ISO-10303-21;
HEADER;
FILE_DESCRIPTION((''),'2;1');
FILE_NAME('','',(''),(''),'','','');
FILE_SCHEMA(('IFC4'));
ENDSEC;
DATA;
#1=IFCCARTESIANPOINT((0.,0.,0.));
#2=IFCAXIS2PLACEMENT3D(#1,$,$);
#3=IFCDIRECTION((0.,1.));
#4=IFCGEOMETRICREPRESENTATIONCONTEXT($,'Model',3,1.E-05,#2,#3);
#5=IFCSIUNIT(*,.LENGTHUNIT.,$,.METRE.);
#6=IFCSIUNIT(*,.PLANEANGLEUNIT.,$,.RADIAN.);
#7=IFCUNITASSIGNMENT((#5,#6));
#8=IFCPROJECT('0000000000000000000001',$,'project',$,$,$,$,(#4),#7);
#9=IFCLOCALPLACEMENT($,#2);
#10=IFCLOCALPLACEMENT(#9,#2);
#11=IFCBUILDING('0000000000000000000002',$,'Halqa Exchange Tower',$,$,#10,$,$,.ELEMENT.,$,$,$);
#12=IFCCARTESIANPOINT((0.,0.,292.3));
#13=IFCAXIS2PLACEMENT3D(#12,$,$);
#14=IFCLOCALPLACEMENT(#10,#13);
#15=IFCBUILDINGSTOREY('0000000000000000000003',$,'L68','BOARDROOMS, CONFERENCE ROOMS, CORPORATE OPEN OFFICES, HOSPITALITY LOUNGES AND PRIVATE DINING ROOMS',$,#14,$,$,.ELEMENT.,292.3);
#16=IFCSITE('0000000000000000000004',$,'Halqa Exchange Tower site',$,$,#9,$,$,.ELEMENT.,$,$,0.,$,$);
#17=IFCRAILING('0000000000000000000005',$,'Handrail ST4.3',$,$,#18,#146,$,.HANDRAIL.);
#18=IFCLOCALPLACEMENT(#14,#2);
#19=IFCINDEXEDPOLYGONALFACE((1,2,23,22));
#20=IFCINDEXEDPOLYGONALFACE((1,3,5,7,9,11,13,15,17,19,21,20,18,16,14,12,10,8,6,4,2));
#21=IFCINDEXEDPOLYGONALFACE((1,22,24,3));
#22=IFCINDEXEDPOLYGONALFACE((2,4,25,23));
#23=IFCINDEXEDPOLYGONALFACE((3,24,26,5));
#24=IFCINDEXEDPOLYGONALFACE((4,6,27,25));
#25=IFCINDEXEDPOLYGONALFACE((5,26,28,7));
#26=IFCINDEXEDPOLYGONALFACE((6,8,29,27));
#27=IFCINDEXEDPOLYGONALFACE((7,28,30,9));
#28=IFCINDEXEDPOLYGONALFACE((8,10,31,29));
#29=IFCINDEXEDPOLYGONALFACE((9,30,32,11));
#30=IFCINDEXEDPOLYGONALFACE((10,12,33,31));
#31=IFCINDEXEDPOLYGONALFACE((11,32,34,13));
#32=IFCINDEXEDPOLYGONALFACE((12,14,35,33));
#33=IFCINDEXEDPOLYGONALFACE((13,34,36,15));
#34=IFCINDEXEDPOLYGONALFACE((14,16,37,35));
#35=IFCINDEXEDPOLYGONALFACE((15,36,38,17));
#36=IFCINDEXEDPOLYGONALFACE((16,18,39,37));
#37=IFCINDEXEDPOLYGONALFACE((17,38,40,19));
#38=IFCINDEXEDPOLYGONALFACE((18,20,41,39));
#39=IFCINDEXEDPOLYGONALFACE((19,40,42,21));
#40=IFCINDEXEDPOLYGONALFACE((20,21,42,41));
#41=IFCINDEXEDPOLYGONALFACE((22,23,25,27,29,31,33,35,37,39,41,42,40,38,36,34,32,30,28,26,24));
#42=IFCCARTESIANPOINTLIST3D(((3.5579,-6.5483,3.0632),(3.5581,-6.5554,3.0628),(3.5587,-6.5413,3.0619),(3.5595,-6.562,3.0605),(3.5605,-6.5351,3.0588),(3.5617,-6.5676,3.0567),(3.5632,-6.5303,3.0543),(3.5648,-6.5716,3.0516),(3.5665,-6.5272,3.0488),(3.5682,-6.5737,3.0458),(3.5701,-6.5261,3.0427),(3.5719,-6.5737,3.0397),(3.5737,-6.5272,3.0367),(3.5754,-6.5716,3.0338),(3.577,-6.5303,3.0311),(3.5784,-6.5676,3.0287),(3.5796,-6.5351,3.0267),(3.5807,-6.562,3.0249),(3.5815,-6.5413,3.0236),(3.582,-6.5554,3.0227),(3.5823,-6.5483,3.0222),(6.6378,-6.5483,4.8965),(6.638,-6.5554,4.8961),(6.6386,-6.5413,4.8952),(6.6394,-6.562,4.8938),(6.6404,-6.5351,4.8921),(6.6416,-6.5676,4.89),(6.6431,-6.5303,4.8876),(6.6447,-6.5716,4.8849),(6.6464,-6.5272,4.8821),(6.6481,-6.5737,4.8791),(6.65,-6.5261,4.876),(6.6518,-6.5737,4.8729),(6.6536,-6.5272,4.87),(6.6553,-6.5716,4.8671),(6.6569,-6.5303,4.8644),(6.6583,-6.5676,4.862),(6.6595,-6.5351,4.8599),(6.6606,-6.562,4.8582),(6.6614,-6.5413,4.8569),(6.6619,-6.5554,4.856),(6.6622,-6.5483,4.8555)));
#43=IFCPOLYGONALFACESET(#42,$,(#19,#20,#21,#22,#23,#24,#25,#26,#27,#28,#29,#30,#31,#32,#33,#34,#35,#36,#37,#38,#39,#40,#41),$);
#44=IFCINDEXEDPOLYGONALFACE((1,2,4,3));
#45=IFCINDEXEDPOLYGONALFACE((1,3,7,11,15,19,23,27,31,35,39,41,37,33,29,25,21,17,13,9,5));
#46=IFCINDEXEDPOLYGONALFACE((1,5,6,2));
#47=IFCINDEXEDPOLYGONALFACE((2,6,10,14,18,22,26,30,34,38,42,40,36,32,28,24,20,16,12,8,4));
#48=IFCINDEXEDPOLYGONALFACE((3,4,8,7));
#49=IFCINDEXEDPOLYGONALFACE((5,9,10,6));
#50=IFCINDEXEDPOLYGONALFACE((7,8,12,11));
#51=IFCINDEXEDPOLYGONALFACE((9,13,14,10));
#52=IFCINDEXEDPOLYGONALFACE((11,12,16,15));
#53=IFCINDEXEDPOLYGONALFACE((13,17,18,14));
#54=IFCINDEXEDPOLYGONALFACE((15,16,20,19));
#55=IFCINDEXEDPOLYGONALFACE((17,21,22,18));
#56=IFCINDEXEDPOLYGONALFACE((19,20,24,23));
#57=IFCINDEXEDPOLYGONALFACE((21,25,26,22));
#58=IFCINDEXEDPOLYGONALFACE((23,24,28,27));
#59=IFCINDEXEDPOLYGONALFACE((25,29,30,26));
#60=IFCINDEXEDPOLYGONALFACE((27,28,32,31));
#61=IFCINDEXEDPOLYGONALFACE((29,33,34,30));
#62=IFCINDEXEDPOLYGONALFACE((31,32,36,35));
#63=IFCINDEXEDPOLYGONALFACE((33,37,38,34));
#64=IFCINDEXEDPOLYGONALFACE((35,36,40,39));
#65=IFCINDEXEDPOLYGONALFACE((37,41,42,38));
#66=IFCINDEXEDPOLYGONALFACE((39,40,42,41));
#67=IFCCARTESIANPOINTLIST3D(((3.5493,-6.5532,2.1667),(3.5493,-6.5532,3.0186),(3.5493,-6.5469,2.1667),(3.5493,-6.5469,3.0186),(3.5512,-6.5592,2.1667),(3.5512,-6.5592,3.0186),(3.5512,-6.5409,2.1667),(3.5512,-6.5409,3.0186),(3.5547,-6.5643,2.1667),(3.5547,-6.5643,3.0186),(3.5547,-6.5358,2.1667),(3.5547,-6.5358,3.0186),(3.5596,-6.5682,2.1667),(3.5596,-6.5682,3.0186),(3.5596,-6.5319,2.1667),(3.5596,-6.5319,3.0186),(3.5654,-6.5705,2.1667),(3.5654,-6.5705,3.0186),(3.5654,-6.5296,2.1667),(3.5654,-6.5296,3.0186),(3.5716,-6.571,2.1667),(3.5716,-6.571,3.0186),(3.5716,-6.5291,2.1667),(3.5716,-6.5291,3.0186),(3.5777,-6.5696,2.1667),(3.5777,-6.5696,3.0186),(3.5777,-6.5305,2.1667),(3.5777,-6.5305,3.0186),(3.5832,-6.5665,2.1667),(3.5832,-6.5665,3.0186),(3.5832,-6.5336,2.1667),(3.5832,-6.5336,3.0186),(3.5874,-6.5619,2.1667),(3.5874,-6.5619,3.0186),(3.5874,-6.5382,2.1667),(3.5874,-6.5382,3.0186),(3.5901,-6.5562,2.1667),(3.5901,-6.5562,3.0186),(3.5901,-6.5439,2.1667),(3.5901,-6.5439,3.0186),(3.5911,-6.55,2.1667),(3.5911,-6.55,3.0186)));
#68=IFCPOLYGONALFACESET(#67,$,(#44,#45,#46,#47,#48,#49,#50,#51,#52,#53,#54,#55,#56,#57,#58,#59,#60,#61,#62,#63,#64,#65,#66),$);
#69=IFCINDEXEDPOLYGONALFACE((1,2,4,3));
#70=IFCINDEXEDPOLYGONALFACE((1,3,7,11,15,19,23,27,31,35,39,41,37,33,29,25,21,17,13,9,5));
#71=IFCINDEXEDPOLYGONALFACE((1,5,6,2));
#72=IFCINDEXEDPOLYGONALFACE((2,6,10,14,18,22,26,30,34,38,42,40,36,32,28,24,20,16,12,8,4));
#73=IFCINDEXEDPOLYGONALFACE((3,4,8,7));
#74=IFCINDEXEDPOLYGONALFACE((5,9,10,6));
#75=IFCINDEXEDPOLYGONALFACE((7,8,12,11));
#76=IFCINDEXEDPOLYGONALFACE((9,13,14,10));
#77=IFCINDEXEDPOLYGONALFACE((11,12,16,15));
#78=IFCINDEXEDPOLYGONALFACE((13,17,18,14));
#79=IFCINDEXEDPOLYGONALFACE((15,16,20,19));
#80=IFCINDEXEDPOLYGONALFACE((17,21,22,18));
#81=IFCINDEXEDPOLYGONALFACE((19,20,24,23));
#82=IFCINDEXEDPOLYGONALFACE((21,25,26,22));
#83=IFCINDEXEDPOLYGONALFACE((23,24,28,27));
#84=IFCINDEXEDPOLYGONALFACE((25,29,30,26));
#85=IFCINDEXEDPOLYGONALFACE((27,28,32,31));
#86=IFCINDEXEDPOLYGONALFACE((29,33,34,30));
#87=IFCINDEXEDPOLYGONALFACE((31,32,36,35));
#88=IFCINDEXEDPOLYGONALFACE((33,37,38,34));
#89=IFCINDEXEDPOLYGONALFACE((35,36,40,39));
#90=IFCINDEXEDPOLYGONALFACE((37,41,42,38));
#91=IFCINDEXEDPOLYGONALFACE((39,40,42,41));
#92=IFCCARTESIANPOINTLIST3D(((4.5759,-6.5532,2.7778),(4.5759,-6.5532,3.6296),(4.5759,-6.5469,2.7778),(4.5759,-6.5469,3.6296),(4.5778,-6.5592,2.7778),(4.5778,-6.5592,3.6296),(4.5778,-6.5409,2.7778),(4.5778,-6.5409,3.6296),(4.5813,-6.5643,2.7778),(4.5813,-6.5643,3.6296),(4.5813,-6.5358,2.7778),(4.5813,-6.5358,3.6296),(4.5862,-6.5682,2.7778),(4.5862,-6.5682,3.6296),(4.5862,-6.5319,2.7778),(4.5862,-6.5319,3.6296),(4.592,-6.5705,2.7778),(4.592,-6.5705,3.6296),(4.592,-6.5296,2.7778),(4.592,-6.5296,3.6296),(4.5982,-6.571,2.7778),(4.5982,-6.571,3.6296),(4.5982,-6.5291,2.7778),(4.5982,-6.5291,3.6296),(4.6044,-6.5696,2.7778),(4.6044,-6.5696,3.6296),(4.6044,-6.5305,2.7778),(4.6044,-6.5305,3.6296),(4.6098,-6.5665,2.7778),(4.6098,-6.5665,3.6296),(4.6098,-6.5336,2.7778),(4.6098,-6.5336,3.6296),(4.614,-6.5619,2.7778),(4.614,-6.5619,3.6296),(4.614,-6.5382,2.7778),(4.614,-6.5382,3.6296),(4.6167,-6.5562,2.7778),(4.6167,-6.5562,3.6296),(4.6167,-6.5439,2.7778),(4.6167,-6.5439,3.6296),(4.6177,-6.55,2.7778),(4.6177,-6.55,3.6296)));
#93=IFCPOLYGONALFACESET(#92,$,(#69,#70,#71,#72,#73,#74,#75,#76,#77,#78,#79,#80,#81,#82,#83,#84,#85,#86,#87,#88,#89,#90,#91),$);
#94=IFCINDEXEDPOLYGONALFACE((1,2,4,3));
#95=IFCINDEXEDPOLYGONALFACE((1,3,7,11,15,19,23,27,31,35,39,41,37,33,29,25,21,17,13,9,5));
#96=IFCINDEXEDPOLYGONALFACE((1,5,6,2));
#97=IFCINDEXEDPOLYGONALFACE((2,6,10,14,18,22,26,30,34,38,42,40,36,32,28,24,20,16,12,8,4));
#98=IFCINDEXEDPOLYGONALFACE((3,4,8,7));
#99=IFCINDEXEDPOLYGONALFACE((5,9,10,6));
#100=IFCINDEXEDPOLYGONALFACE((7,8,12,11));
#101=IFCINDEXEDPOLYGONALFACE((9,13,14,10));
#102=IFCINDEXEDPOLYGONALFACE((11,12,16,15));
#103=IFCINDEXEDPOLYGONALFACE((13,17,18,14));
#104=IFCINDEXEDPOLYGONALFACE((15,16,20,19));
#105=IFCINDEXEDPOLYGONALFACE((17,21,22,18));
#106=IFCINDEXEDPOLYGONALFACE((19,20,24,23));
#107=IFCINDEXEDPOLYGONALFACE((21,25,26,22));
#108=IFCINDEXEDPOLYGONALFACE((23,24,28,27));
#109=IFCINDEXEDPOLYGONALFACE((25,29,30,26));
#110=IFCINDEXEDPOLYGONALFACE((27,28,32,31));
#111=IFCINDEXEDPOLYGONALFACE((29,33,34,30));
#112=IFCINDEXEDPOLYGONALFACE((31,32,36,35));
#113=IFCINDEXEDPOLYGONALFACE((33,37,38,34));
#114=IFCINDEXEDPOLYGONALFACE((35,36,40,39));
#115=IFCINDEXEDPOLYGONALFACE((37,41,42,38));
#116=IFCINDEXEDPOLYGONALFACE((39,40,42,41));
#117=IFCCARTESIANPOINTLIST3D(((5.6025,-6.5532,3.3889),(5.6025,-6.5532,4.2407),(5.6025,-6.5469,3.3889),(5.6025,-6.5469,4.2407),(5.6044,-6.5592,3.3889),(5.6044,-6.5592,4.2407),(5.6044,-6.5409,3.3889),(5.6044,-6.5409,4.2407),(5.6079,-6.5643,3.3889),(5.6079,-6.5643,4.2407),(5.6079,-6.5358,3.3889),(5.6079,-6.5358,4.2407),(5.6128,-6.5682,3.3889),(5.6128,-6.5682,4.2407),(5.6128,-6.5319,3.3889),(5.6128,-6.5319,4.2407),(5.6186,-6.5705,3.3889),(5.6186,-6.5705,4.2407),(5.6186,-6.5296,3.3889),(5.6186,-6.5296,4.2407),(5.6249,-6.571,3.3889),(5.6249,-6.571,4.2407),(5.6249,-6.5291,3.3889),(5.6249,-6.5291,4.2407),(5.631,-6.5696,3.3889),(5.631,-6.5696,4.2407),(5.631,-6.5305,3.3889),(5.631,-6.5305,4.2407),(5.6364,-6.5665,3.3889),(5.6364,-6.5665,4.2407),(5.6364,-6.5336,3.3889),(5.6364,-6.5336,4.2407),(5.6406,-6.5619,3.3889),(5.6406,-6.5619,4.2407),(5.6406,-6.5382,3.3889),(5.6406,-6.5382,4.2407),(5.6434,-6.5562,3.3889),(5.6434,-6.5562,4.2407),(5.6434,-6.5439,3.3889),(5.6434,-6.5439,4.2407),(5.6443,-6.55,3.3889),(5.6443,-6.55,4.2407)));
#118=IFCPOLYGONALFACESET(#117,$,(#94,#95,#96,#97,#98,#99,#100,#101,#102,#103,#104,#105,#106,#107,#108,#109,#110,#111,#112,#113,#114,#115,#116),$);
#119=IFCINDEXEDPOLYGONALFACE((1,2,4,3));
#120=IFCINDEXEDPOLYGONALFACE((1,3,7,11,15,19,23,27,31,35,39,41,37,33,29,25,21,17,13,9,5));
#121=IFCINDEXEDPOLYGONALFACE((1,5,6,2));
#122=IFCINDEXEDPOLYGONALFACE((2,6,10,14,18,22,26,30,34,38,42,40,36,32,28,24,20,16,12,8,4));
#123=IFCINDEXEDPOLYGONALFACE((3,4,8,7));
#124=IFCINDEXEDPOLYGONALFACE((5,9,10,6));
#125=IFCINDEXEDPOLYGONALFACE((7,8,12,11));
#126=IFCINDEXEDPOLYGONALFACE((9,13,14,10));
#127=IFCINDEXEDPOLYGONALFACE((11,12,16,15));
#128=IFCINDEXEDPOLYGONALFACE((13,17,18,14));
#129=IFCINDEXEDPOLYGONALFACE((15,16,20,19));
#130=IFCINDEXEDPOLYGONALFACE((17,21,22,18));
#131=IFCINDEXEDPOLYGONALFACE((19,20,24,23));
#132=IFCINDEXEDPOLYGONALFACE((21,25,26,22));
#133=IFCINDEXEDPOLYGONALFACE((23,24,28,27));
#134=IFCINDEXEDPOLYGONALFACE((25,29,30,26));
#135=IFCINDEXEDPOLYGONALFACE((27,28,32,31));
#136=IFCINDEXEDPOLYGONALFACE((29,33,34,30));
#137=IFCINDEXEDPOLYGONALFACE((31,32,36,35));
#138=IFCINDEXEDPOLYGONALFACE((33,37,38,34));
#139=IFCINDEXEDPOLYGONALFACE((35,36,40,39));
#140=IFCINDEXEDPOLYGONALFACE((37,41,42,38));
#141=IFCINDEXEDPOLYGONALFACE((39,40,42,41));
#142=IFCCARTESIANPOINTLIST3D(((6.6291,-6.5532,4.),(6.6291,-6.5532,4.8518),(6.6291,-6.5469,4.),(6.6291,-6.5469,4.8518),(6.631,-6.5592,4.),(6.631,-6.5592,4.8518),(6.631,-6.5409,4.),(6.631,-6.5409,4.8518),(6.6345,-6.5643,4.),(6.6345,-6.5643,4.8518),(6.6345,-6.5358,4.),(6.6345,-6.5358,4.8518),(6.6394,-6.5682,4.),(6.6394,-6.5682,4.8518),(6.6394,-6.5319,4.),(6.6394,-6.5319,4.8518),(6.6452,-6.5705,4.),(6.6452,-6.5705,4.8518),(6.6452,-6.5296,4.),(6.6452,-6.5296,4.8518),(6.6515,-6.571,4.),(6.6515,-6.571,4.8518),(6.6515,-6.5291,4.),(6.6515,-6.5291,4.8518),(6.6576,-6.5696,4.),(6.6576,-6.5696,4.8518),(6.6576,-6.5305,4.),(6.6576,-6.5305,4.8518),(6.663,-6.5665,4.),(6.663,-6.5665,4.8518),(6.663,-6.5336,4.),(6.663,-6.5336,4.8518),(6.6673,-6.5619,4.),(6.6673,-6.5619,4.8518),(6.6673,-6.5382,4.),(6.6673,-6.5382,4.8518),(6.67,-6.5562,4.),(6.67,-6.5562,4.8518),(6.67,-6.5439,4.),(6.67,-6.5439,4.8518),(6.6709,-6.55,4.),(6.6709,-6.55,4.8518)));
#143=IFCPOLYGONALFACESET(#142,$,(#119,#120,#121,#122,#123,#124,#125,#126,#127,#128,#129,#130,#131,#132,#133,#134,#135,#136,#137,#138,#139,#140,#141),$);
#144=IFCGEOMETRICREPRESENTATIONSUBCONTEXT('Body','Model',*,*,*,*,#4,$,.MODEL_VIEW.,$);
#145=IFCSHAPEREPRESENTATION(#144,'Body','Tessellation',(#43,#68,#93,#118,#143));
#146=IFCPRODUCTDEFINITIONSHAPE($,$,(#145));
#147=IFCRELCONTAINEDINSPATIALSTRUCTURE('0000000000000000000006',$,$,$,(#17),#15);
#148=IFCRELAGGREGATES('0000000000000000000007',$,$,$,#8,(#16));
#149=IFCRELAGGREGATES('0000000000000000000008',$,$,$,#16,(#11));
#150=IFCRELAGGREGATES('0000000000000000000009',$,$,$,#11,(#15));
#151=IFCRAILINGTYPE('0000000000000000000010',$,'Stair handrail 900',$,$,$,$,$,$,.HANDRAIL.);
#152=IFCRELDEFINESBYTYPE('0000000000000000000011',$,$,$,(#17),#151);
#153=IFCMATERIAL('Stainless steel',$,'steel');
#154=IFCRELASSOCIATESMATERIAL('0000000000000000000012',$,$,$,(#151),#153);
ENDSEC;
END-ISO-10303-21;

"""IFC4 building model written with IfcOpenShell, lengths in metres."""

from ifc_helpers import new_model, si_unit, direction, frame, origin, origin_2d, place, context, subcontext, project, spatial, circle, extrude, material, type_object, element, save


model = new_model("IFC4")

# Units and contexts
model_context = context("Model", 3, precision=1e-05, world=origin(), true_north=direction((0.0, 1.0)))
body_context = subcontext(model_context, "Body", "Model", "MODEL_VIEW")
ifc_project = project(units=[si_unit("LENGTHUNIT", "METRE"), si_unit("PLANEANGLEUNIT", "RADIAN")], contexts=[model_context])

# Site, building, storey
site_placement = place(None, origin())
site = spatial("IfcSite", under=ifc_project, at=site_placement, Name="Halqa Exchange Tower site", CompositionType="ELEMENT", RefElevation=0.0)
building_placement = place(site_placement, origin())
building = spatial("IfcBuilding", under=site, at=building_placement, Name="Halqa Exchange Tower", CompositionType="ELEMENT")
storey_placement = place(building_placement, frame((0.0, 0.0, 292.3)))
storey = spatial("IfcBuildingStorey", under=building, at=storey_placement, Name="L68", Description="BOARDROOMS, CONFERENCE ROOMS, CORPORATE OPEN OFFICES, HOSPITALITY LOUNGES AND PRIVATE DINING ROOMS", CompositionType="ELEMENT", Elevation=292.3)

# Railing
ifc_material_1 = material(Name="Stainless steel", Category="steel")
railing_type_1 = type_object("IfcRailingType", Name="Stair handrail 900", PredefinedType="HANDRAIL", material=ifc_material_1)
railing_1_placement = place(storey_placement, frame((3.5701, -6.55, 2.1667)))
element("IfcRailing", 1, at=railing_1_placement, inside=storey, type_object=railing_type_1, Name="Handrail ST4.3", PredefinedType="HANDRAIL", context=body_context, shape_type="SweptSolid", body=[
    extrude(circle(Radius=0.0239, at=origin_2d()), frame((0.0, 0.0, 0.876), z_axis=(0.859291, 0.0, 0.511487), x_axis=(0.0, 1.0, 0.0)), (0.0, 0.0, 1.0), 3.5842),
    extrude(circle(Radius=0.021, at=origin_2d()), origin(), (0.0, 0.0, 1.0), 0.8518),
    extrude(circle(Radius=0.021, at=origin_2d()), frame((1.0266, 0.0, 0.6111)), (0.0, 0.0, 1.0), 0.8518),
    extrude(circle(Radius=0.021, at=origin_2d()), frame((2.0532, 0.0, 1.2222)), (0.0, 0.0, 1.0), 0.8518),
    extrude(circle(Radius=0.021, at=origin_2d()), frame((3.0798, 0.0, 1.8333)), (0.0, 0.0, 1.0), 0.8518),
])

save(model, "model.ifc")
